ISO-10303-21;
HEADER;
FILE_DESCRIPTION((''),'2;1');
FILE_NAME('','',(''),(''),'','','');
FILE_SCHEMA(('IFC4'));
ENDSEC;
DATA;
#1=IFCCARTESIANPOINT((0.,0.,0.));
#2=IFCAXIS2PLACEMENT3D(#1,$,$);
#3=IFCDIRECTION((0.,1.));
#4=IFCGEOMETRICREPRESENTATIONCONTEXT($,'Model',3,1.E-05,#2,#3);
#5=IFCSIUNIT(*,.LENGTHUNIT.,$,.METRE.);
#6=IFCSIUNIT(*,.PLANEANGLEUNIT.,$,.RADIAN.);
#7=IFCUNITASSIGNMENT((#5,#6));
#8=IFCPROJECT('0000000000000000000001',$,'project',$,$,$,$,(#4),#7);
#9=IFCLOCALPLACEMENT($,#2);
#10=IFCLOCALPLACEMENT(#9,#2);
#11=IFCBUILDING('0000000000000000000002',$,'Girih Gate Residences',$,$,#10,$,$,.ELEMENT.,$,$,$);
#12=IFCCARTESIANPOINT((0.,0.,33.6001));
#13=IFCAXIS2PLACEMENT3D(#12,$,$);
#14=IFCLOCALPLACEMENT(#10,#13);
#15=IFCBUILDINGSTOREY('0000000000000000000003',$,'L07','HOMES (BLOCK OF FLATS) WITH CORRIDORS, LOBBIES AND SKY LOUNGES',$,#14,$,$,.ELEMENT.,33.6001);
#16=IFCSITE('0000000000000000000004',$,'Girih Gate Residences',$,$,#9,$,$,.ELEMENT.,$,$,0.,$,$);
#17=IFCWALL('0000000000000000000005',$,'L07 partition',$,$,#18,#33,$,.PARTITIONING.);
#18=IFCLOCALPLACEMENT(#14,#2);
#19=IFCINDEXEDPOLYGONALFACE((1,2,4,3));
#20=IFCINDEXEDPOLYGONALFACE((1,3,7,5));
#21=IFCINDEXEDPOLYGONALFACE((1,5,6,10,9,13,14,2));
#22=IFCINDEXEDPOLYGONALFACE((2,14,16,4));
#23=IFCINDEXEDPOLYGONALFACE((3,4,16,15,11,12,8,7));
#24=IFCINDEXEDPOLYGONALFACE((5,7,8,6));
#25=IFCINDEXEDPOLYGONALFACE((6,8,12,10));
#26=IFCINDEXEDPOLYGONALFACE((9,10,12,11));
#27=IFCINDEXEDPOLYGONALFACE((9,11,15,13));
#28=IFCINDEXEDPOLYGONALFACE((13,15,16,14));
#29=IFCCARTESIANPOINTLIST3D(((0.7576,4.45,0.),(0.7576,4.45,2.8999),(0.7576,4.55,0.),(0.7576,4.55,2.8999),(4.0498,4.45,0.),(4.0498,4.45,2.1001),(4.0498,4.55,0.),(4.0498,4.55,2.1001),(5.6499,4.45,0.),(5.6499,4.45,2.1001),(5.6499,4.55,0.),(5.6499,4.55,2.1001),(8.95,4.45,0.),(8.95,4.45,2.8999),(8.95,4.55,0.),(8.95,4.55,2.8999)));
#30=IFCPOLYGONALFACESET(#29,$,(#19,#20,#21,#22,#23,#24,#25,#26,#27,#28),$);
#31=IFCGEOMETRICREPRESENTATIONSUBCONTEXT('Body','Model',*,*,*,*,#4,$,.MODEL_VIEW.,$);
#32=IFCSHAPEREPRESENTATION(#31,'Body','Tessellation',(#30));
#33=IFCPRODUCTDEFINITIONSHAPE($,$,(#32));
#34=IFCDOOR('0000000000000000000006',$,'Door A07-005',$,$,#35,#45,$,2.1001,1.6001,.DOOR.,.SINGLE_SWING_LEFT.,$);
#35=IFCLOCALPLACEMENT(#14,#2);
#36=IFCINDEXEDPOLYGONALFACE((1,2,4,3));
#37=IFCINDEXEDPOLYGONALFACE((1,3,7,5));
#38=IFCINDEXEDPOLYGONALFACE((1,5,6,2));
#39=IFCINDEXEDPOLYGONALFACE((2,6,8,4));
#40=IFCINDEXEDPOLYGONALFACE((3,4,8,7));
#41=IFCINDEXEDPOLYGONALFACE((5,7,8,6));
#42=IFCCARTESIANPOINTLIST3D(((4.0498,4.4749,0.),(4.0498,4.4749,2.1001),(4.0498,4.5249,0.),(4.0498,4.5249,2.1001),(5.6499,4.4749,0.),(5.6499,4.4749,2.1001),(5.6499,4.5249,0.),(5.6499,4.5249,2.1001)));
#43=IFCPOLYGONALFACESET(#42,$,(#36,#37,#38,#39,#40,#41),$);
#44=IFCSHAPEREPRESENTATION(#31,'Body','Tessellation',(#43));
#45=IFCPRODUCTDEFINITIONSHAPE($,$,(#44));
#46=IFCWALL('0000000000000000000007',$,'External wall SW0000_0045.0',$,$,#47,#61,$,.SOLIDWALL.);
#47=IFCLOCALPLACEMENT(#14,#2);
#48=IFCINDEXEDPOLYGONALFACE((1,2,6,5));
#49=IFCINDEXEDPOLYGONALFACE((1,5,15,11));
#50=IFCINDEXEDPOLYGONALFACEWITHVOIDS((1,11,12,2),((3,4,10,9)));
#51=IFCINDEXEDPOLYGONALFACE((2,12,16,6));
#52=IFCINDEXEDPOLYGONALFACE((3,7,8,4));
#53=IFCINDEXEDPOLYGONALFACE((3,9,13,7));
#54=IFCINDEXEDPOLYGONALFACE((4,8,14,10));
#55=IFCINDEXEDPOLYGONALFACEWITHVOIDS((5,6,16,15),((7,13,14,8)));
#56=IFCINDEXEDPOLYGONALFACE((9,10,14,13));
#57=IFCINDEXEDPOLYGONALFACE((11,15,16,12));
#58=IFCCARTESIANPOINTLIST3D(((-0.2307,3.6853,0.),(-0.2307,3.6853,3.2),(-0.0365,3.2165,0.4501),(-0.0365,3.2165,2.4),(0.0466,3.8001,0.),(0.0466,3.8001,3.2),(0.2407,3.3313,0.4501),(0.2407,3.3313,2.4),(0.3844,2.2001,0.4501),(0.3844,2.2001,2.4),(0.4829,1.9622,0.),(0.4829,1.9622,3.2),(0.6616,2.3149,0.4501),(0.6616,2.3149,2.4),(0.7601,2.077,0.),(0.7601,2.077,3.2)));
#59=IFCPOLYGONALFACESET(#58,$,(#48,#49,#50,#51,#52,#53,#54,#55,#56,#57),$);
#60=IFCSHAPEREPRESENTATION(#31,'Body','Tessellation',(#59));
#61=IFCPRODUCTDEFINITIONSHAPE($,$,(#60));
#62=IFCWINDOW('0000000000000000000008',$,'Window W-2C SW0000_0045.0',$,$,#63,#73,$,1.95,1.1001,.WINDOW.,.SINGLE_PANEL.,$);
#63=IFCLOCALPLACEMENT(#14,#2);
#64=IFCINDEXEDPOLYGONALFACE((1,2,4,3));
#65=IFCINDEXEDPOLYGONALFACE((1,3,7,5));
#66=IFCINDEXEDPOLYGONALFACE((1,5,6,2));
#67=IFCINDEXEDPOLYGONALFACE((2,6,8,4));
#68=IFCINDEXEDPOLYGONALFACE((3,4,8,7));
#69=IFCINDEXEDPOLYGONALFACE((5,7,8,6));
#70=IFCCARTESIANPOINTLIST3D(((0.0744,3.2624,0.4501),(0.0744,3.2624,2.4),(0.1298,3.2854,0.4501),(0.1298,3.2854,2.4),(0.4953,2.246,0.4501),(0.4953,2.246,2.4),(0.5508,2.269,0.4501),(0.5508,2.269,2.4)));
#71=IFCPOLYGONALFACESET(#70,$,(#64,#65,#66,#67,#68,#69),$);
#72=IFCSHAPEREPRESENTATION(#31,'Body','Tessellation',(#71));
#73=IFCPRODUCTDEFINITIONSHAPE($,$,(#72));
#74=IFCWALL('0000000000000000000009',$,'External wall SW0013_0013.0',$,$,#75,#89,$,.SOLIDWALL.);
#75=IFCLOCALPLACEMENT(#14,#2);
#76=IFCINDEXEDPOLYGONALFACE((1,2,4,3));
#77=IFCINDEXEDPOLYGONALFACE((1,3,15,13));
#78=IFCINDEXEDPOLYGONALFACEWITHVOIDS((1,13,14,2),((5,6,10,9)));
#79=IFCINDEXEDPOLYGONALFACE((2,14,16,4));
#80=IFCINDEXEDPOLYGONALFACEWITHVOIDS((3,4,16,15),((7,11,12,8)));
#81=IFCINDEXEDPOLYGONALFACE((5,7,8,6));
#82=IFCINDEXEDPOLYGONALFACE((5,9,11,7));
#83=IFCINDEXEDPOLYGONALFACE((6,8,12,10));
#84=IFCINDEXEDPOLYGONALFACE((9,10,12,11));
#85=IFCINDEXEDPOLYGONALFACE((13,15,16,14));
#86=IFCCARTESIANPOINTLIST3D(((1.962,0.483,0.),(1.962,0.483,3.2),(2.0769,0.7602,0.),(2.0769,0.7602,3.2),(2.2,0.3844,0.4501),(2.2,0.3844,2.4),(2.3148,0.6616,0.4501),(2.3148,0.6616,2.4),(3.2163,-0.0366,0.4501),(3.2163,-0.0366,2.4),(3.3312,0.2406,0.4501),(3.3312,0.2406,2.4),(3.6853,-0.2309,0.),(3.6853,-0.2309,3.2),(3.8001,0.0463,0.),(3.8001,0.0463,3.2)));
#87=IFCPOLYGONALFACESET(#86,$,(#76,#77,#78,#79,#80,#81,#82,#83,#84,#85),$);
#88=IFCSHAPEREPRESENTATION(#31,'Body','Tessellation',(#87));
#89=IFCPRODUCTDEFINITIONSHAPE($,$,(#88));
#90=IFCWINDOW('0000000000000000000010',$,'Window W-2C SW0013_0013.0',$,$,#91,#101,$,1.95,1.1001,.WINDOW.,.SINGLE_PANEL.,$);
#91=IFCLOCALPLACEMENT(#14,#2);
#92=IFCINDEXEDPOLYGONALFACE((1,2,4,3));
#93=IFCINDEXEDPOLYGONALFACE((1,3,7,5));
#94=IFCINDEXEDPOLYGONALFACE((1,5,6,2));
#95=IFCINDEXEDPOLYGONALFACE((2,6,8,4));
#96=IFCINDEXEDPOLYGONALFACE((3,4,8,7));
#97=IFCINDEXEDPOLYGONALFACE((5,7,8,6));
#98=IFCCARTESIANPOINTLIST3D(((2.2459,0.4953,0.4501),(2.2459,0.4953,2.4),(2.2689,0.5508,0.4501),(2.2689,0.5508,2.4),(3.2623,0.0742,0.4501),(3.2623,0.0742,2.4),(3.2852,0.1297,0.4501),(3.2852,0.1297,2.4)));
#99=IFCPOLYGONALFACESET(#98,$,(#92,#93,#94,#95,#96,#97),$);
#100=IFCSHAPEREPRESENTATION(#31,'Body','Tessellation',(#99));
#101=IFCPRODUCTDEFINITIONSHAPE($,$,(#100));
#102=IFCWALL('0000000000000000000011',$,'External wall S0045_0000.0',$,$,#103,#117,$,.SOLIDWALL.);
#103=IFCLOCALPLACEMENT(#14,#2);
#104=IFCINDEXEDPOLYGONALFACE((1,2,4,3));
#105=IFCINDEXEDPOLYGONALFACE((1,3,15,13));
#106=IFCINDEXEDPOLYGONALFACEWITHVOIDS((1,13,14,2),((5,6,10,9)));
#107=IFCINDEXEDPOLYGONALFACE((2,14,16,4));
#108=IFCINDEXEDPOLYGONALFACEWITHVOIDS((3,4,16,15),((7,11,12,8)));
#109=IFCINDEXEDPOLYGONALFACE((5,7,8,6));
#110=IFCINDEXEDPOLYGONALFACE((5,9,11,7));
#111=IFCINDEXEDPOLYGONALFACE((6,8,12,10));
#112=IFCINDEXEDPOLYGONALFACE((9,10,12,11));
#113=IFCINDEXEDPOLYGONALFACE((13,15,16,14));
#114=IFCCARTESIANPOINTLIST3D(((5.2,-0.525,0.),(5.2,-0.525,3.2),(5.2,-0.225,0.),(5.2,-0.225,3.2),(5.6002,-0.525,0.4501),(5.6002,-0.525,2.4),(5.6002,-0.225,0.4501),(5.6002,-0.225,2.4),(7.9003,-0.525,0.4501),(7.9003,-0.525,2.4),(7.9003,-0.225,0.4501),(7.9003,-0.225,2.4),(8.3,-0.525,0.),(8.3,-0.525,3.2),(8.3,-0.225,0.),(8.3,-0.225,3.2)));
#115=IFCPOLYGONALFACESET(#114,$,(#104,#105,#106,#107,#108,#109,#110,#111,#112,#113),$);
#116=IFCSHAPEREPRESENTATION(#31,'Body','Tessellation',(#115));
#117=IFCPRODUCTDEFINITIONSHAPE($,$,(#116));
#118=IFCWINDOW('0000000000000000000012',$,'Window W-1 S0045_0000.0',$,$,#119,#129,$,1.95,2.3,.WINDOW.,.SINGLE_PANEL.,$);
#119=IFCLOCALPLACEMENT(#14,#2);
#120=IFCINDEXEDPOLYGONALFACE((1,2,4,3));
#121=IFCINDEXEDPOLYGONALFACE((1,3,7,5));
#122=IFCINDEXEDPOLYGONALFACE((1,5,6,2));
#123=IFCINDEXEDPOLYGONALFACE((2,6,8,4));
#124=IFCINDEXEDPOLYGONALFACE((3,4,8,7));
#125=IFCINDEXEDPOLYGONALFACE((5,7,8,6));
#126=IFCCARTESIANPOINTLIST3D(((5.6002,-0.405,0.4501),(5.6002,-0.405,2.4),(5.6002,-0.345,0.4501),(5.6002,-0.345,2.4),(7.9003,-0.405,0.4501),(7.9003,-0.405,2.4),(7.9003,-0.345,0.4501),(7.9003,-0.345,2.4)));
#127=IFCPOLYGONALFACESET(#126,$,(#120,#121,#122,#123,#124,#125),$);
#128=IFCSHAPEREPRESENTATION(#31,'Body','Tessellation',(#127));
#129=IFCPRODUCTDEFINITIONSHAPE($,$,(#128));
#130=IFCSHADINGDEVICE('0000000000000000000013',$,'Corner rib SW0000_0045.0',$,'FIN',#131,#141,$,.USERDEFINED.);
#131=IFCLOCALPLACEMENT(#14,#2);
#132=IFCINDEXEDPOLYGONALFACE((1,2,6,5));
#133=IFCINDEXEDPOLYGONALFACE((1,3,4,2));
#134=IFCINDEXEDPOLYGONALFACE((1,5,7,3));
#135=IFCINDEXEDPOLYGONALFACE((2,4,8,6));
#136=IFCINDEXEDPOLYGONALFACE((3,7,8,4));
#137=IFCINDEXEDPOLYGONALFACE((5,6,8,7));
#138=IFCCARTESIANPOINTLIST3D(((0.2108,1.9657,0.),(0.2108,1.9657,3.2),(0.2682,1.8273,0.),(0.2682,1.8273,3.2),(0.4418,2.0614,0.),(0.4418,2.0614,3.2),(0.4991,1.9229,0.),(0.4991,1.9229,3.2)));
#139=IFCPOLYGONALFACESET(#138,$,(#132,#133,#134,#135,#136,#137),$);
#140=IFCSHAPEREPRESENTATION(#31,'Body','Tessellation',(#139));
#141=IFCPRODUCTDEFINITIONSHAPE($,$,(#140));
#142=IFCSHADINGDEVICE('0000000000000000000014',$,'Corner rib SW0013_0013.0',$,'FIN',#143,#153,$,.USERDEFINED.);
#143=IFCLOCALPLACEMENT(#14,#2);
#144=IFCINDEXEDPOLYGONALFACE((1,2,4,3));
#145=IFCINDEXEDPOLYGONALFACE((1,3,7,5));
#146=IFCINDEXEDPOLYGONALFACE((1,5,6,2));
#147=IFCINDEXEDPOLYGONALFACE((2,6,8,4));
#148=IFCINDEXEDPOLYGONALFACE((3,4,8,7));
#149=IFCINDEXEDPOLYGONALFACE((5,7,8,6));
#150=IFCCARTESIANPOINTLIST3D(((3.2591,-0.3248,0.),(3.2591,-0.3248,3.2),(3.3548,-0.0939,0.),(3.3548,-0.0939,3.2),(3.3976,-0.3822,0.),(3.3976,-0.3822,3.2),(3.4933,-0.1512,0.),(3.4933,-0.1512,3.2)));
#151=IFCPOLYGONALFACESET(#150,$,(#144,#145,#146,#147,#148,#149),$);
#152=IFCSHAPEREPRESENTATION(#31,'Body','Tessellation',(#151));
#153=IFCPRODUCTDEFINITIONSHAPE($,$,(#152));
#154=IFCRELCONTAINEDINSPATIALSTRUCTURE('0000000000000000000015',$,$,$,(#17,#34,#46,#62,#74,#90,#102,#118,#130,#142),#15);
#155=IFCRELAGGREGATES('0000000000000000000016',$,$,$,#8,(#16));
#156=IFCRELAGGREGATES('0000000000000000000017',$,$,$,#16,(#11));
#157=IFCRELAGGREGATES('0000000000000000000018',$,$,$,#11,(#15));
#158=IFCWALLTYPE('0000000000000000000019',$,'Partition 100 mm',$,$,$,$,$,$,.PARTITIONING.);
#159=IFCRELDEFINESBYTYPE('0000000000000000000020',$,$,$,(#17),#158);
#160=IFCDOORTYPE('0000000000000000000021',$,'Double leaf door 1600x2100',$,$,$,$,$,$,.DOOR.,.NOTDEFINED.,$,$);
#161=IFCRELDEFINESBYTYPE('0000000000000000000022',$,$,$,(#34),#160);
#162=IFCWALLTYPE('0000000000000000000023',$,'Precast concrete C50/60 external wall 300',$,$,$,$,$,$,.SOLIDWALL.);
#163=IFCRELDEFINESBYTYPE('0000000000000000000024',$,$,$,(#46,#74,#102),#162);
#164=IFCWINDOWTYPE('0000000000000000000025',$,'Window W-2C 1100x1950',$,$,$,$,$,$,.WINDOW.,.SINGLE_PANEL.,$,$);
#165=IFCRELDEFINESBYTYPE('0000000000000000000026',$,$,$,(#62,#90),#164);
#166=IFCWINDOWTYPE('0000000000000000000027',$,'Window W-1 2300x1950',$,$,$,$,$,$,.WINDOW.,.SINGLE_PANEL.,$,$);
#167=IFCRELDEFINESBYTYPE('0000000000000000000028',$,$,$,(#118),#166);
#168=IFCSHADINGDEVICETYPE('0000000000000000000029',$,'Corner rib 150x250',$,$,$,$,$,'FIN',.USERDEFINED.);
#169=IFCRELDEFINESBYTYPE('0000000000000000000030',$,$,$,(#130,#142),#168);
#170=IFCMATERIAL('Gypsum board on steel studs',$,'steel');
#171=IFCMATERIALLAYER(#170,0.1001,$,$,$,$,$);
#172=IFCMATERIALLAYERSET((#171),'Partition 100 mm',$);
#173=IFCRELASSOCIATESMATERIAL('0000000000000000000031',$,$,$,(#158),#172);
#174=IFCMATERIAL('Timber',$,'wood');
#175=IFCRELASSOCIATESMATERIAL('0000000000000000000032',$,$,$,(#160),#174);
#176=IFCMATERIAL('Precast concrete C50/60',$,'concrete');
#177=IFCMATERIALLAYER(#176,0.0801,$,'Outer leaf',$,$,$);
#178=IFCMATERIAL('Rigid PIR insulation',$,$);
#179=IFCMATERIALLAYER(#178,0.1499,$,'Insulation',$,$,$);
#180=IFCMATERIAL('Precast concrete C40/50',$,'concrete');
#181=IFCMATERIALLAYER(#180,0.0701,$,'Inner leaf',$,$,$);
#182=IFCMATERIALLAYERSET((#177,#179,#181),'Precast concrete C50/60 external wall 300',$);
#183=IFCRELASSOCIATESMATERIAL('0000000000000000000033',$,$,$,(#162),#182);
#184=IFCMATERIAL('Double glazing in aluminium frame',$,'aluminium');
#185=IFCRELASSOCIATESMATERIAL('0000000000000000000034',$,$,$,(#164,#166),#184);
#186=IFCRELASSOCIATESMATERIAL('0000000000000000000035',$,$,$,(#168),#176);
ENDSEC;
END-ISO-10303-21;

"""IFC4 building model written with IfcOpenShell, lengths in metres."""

from ifc_helpers import new_model, si_unit, direction, frame, frame_2d, origin, origin_2d, place, context, subcontext, project, spatial, rectangle, extrude, material, layer, layer_set, type_object, element, fill, save


model = new_model("IFC4")

# Units and contexts
model_context = context("Model", 3, precision=1e-05, world=origin(), true_north=direction((0.0, 1.0)))
body_context = subcontext(model_context, "Body", "Model", "MODEL_VIEW")
ifc_project = project(units=[si_unit("LENGTHUNIT", "METRE"), si_unit("PLANEANGLEUNIT", "RADIAN")], contexts=[model_context])

# Site, building, storey
site_placement = place(None, origin())
site = spatial("IfcSite", under=ifc_project, at=site_placement, Name="Girih Gate Residences", CompositionType="ELEMENT", RefElevation=0.0)
building_placement = place(site_placement, origin())
building = spatial("IfcBuilding", under=site, at=building_placement, Name="Girih Gate Residences", CompositionType="ELEMENT")
storey_placement = place(building_placement, frame((0.0, 0.0, 33.6001)))
storey = spatial("IfcBuildingStorey", under=building, at=storey_placement, Name="L07", Description="HOMES (BLOCK OF FLATS) WITH CORRIDORS, LOBBIES AND SKY LOUNGES", CompositionType="ELEMENT", Elevation=33.6001)

# Wall, opening, door
ifc_material_1 = material(Name="Gypsum board on steel studs", Category="steel")
ifc_layer_1 = layer(ifc_material_1, 0.1001)
ifc_layer_set_1 = layer_set([ifc_layer_1], Name="Partition 100 mm")
wall_type_1 = type_object("IfcWallType", Name="Partition 100 mm", PredefinedType="PARTITIONING", material=ifc_layer_set_1)
wall_1_placement = place(storey_placement, frame((0.7576, 4.5, 0.0), z_axis=(0.0, 0.0, 1.0), x_axis=(1.0, 0.0, 0.0)))
wall_1 = element("IfcWall", 1, at=wall_1_placement, inside=storey, type_object=wall_type_1, Name="L07 partition", PredefinedType="PARTITIONING", context=body_context, shape_type="SweptSolid", body=[
    extrude(rectangle(XDim=8.1924, YDim=0.1001, at=frame_2d((4.0962, 0.0))), origin(), (0.0, 0.0, 1.0), 2.8999),
])
opening_1_placement = place(wall_1_placement, frame((3.2922, 0.0, 0.0)))
opening_1 = element("IfcOpeningElement", 2, at=opening_1_placement, cuts=wall_1, PredefinedType="OPENING", context=body_context, shape_type="SweptSolid", body=[
    extrude(rectangle(XDim=1.6001, YDim=2.1001, at=frame_2d((0.8, 1.05))), frame((0.0, 0.0601, 0.0), z_axis=(0.0, -1.0, 0.0), x_axis=(1.0, 0.0, 0.0)), (0.0, 0.0, 1.0), 0.1201),
])
ifc_material_2 = material(Name="Timber", Category="wood")
door_type = type_object("IfcDoorType", Name="Double leaf door 1600x2100", OperationType="NOTDEFINED", PredefinedType="DOOR", material=ifc_material_2)
door_placement = place(opening_1_placement, origin())
door = element("IfcDoor", 3, at=door_placement, inside=storey, type_object=door_type, Name="Door A07-005", OperationType="SINGLE_SWING_LEFT", OverallHeight=2.1001, OverallWidth=1.6001, PredefinedType="DOOR", context=body_context, shape_type="SweptSolid", body=[
    extrude(rectangle(XDim=1.6001, YDim=2.1001, at=frame_2d((0.8, 1.05))), frame((0.0, 0.0249, 0.0), z_axis=(0.0, -1.0, 0.0), x_axis=(1.0, 0.0, 0.0)), (0.0, 0.0, 1.0), 0.05),
])
fill(opening_1, door)

# Walls, openings, windows
ifc_material_3 = material(Name="Precast concrete C50/60", Category="concrete")
ifc_layer_2 = layer(ifc_material_3, 0.0801, Name="Outer leaf")
ifc_material_4 = material(Name="Rigid PIR insulation")
ifc_layer_3 = layer(ifc_material_4, 0.1499, Name="Insulation")
ifc_material_5 = material(Name="Precast concrete C40/50", Category="concrete")
ifc_layer_4 = layer(ifc_material_5, 0.0701, Name="Inner leaf")
ifc_layer_set_2 = layer_set([ifc_layer_2, ifc_layer_3, ifc_layer_4], Name="Precast concrete C50/60 external wall 300")
wall_type_2 = type_object("IfcWallType", Name="Precast concrete C50/60 external wall 300", PredefinedType="SOLIDWALL", material=ifc_layer_set_2)
wall_2_placement = place(storey_placement, frame((0.6216, 2.0195, 0.0), z_axis=(0.0, 0.0, 1.0), x_axis=(-0.382625, 0.923904, 0.0)))
wall_2 = element("IfcWall", 4, at=wall_2_placement, inside=storey, type_object=wall_type_2, Name="External wall SW0000_0045.0", PredefinedType="SOLIDWALL", context=body_context, shape_type="SweptSolid", body=[
    extrude(rectangle(XDim=1.865, YDim=0.3, at=frame_2d((0.9326, 0.0))), origin(), (0.0, 0.0, 1.0), 3.2),
])
opening_2_placement = place(wall_2_placement, frame((0.2576, 0.0, 0.45)))
opening_2 = element("IfcOpeningElement", 5, at=opening_2_placement, cuts=wall_2, PredefinedType="OPENING", context=body_context, shape_type="SweptSolid", body=[
    extrude(rectangle(XDim=1.1001, YDim=1.95, at=frame_2d((0.55, 0.9751))), frame((0.0, 0.1599, 0.0), z_axis=(0.0, -1.0, 0.0), x_axis=(1.0, 0.0, 0.0)), (0.0, 0.0, 1.0), 0.3201),
])
ifc_material_6 = material(Name="Double glazing in aluminium frame", Category="aluminium")
window_type_1 = type_object("IfcWindowType", Name="Window W-2C 1100x1950", PartitioningType="SINGLE_PANEL", PredefinedType="WINDOW", material=ifc_material_6)
window_1_placement = place(opening_2_placement, origin())
window_1 = element("IfcWindow", 6, at=window_1_placement, inside=storey, type_object=window_type_1, Name="Window W-2C SW0000_0045.0", OverallHeight=1.95, OverallWidth=1.1001, PartitioningType="SINGLE_PANEL", PredefinedType="WINDOW", context=body_context, shape_type="SweptSolid", body=[
    extrude(rectangle(XDim=1.1001, YDim=1.95, at=frame_2d((0.55, 0.9751))), frame((0.0, 0.03, 0.0), z_axis=(0.0, -1.0, 0.0), x_axis=(1.0, 0.0, 0.0)), (0.0, 0.0, 1.0), 0.0601),
])
fill(opening_2, window_1)
wall_3_placement = place(storey_placement, frame((3.7427, -0.0923, 0.0), z_axis=(0.0, 0.0, 1.0), x_axis=(-0.923857, 0.382737, 0.0)))
wall_3 = element("IfcWall", 7, at=wall_3_placement, inside=storey, type_object=wall_type_2, Name="External wall SW0013_0013.0", PredefinedType="SOLIDWALL", context=body_context, shape_type="SweptSolid", body=[
    extrude(rectangle(XDim=1.8652, YDim=0.3, at=frame_2d((0.9326, 0.0))), origin(), (0.0, 0.0, 1.0), 3.2),
])
opening_3_placement = place(wall_3_placement, frame((0.5076, 0.0, 0.45)))
opening_3 = element("IfcOpeningElement", 8, at=opening_3_placement, cuts=wall_3, PredefinedType="OPENING", context=body_context, shape_type="SweptSolid", body=[
    extrude(rectangle(XDim=1.1001, YDim=1.95, at=frame_2d((0.55, 0.9751))), frame((0.0, 0.1599, 0.0), z_axis=(0.0, -1.0, 0.0), x_axis=(1.0, 0.0, 0.0)), (0.0, 0.0, 1.0), 0.3201),
])
window_2_placement = place(opening_3_placement, origin())
window_2 = element("IfcWindow", 9, at=window_2_placement, inside=storey, type_object=window_type_1, Name="Window W-2C SW0013_0013.0", OverallHeight=1.95, OverallWidth=1.1001, PartitioningType="SINGLE_PANEL", PredefinedType="WINDOW", context=body_context, shape_type="SweptSolid", body=[
    extrude(rectangle(XDim=1.1001, YDim=1.95, at=frame_2d((0.55, 0.9751))), frame((0.0, 0.03, 0.0), z_axis=(0.0, -1.0, 0.0), x_axis=(1.0, 0.0, 0.0)), (0.0, 0.0, 1.0), 0.0601),
])
fill(opening_3, window_2)
wall_4_placement = place(storey_placement, frame((8.3, -0.375, 0.0), z_axis=(0.0, 0.0, 1.0), x_axis=(-1.0, 0.0, 0.0)))
wall_4 = element("IfcWall", 10, at=wall_4_placement, inside=storey, type_object=wall_type_2, Name="External wall S0045_0000.0", PredefinedType="SOLIDWALL", context=body_context, shape_type="SweptSolid", body=[
    extrude(rectangle(XDim=3.1001, YDim=0.3, at=frame_2d((1.55, 0.0))), origin(), (0.0, 0.0, 1.0), 3.2),
])
opening_4_placement = place(wall_4_placement, frame((0.3999, 0.0, 0.45)))
opening_4 = element("IfcOpeningElement", 11, at=opening_4_placement, cuts=wall_4, PredefinedType="OPENING", context=body_context, shape_type="SweptSolid", body=[
    extrude(rectangle(XDim=2.3, YDim=1.95, at=frame_2d((1.1499, 0.9751))), frame((0.0, 0.1599, 0.0), z_axis=(0.0, -1.0, 0.0), x_axis=(1.0, 0.0, 0.0)), (0.0, 0.0, 1.0), 0.3201),
])
window_type_2 = type_object("IfcWindowType", Name="Window W-1 2300x1950", PartitioningType="SINGLE_PANEL", PredefinedType="WINDOW", material=ifc_material_6)
window_3_placement = place(opening_4_placement, origin())
window_3 = element("IfcWindow", 12, at=window_3_placement, inside=storey, type_object=window_type_2, Name="Window W-1 S0045_0000.0", OverallHeight=1.95, OverallWidth=2.3, PartitioningType="SINGLE_PANEL", PredefinedType="WINDOW", context=body_context, shape_type="SweptSolid", body=[
    extrude(rectangle(XDim=2.3, YDim=1.95, at=frame_2d((1.1499, 0.9751))), frame((0.0, 0.03, 0.0), z_axis=(0.0, -1.0, 0.0), x_axis=(1.0, 0.0, 0.0)), (0.0, 0.0, 1.0), 0.0601),
])
fill(opening_4, window_3)

# Shading devices
shading_device_type = type_object("IfcShadingDeviceType", Name="Corner rib 150x250", ElementType="FIN", PredefinedType="USERDEFINED", material=ifc_material_3)
for number, where, z_axis, x_axis, name in (
    (13, (0.355, 1.9443, 0.0), (0.0, 0.0, 1.0), (0.382683, -0.92388, 0.0), "Corner rib SW0000_0045.0"),
    (14, (3.3762, -0.238, 0.0), (0.0, 0.0, 1.0), (0.92388, -0.382683, 0.0), "Corner rib SW0013_0013.0"),
):
    element("IfcShadingDevice", number, at=place(storey_placement, frame(where, z_axis=z_axis, x_axis=x_axis)), inside=storey, type_object=shading_device_type, Name=name, ObjectType="FIN", PredefinedType="USERDEFINED", context=body_context, shape_type="SweptSolid", body=[
        extrude(rectangle(XDim=0.1499, YDim=0.25, at=origin_2d()), origin(), (0.0, 0.0, 1.0), 3.2),
    ])

save(model, "model.ifc")
